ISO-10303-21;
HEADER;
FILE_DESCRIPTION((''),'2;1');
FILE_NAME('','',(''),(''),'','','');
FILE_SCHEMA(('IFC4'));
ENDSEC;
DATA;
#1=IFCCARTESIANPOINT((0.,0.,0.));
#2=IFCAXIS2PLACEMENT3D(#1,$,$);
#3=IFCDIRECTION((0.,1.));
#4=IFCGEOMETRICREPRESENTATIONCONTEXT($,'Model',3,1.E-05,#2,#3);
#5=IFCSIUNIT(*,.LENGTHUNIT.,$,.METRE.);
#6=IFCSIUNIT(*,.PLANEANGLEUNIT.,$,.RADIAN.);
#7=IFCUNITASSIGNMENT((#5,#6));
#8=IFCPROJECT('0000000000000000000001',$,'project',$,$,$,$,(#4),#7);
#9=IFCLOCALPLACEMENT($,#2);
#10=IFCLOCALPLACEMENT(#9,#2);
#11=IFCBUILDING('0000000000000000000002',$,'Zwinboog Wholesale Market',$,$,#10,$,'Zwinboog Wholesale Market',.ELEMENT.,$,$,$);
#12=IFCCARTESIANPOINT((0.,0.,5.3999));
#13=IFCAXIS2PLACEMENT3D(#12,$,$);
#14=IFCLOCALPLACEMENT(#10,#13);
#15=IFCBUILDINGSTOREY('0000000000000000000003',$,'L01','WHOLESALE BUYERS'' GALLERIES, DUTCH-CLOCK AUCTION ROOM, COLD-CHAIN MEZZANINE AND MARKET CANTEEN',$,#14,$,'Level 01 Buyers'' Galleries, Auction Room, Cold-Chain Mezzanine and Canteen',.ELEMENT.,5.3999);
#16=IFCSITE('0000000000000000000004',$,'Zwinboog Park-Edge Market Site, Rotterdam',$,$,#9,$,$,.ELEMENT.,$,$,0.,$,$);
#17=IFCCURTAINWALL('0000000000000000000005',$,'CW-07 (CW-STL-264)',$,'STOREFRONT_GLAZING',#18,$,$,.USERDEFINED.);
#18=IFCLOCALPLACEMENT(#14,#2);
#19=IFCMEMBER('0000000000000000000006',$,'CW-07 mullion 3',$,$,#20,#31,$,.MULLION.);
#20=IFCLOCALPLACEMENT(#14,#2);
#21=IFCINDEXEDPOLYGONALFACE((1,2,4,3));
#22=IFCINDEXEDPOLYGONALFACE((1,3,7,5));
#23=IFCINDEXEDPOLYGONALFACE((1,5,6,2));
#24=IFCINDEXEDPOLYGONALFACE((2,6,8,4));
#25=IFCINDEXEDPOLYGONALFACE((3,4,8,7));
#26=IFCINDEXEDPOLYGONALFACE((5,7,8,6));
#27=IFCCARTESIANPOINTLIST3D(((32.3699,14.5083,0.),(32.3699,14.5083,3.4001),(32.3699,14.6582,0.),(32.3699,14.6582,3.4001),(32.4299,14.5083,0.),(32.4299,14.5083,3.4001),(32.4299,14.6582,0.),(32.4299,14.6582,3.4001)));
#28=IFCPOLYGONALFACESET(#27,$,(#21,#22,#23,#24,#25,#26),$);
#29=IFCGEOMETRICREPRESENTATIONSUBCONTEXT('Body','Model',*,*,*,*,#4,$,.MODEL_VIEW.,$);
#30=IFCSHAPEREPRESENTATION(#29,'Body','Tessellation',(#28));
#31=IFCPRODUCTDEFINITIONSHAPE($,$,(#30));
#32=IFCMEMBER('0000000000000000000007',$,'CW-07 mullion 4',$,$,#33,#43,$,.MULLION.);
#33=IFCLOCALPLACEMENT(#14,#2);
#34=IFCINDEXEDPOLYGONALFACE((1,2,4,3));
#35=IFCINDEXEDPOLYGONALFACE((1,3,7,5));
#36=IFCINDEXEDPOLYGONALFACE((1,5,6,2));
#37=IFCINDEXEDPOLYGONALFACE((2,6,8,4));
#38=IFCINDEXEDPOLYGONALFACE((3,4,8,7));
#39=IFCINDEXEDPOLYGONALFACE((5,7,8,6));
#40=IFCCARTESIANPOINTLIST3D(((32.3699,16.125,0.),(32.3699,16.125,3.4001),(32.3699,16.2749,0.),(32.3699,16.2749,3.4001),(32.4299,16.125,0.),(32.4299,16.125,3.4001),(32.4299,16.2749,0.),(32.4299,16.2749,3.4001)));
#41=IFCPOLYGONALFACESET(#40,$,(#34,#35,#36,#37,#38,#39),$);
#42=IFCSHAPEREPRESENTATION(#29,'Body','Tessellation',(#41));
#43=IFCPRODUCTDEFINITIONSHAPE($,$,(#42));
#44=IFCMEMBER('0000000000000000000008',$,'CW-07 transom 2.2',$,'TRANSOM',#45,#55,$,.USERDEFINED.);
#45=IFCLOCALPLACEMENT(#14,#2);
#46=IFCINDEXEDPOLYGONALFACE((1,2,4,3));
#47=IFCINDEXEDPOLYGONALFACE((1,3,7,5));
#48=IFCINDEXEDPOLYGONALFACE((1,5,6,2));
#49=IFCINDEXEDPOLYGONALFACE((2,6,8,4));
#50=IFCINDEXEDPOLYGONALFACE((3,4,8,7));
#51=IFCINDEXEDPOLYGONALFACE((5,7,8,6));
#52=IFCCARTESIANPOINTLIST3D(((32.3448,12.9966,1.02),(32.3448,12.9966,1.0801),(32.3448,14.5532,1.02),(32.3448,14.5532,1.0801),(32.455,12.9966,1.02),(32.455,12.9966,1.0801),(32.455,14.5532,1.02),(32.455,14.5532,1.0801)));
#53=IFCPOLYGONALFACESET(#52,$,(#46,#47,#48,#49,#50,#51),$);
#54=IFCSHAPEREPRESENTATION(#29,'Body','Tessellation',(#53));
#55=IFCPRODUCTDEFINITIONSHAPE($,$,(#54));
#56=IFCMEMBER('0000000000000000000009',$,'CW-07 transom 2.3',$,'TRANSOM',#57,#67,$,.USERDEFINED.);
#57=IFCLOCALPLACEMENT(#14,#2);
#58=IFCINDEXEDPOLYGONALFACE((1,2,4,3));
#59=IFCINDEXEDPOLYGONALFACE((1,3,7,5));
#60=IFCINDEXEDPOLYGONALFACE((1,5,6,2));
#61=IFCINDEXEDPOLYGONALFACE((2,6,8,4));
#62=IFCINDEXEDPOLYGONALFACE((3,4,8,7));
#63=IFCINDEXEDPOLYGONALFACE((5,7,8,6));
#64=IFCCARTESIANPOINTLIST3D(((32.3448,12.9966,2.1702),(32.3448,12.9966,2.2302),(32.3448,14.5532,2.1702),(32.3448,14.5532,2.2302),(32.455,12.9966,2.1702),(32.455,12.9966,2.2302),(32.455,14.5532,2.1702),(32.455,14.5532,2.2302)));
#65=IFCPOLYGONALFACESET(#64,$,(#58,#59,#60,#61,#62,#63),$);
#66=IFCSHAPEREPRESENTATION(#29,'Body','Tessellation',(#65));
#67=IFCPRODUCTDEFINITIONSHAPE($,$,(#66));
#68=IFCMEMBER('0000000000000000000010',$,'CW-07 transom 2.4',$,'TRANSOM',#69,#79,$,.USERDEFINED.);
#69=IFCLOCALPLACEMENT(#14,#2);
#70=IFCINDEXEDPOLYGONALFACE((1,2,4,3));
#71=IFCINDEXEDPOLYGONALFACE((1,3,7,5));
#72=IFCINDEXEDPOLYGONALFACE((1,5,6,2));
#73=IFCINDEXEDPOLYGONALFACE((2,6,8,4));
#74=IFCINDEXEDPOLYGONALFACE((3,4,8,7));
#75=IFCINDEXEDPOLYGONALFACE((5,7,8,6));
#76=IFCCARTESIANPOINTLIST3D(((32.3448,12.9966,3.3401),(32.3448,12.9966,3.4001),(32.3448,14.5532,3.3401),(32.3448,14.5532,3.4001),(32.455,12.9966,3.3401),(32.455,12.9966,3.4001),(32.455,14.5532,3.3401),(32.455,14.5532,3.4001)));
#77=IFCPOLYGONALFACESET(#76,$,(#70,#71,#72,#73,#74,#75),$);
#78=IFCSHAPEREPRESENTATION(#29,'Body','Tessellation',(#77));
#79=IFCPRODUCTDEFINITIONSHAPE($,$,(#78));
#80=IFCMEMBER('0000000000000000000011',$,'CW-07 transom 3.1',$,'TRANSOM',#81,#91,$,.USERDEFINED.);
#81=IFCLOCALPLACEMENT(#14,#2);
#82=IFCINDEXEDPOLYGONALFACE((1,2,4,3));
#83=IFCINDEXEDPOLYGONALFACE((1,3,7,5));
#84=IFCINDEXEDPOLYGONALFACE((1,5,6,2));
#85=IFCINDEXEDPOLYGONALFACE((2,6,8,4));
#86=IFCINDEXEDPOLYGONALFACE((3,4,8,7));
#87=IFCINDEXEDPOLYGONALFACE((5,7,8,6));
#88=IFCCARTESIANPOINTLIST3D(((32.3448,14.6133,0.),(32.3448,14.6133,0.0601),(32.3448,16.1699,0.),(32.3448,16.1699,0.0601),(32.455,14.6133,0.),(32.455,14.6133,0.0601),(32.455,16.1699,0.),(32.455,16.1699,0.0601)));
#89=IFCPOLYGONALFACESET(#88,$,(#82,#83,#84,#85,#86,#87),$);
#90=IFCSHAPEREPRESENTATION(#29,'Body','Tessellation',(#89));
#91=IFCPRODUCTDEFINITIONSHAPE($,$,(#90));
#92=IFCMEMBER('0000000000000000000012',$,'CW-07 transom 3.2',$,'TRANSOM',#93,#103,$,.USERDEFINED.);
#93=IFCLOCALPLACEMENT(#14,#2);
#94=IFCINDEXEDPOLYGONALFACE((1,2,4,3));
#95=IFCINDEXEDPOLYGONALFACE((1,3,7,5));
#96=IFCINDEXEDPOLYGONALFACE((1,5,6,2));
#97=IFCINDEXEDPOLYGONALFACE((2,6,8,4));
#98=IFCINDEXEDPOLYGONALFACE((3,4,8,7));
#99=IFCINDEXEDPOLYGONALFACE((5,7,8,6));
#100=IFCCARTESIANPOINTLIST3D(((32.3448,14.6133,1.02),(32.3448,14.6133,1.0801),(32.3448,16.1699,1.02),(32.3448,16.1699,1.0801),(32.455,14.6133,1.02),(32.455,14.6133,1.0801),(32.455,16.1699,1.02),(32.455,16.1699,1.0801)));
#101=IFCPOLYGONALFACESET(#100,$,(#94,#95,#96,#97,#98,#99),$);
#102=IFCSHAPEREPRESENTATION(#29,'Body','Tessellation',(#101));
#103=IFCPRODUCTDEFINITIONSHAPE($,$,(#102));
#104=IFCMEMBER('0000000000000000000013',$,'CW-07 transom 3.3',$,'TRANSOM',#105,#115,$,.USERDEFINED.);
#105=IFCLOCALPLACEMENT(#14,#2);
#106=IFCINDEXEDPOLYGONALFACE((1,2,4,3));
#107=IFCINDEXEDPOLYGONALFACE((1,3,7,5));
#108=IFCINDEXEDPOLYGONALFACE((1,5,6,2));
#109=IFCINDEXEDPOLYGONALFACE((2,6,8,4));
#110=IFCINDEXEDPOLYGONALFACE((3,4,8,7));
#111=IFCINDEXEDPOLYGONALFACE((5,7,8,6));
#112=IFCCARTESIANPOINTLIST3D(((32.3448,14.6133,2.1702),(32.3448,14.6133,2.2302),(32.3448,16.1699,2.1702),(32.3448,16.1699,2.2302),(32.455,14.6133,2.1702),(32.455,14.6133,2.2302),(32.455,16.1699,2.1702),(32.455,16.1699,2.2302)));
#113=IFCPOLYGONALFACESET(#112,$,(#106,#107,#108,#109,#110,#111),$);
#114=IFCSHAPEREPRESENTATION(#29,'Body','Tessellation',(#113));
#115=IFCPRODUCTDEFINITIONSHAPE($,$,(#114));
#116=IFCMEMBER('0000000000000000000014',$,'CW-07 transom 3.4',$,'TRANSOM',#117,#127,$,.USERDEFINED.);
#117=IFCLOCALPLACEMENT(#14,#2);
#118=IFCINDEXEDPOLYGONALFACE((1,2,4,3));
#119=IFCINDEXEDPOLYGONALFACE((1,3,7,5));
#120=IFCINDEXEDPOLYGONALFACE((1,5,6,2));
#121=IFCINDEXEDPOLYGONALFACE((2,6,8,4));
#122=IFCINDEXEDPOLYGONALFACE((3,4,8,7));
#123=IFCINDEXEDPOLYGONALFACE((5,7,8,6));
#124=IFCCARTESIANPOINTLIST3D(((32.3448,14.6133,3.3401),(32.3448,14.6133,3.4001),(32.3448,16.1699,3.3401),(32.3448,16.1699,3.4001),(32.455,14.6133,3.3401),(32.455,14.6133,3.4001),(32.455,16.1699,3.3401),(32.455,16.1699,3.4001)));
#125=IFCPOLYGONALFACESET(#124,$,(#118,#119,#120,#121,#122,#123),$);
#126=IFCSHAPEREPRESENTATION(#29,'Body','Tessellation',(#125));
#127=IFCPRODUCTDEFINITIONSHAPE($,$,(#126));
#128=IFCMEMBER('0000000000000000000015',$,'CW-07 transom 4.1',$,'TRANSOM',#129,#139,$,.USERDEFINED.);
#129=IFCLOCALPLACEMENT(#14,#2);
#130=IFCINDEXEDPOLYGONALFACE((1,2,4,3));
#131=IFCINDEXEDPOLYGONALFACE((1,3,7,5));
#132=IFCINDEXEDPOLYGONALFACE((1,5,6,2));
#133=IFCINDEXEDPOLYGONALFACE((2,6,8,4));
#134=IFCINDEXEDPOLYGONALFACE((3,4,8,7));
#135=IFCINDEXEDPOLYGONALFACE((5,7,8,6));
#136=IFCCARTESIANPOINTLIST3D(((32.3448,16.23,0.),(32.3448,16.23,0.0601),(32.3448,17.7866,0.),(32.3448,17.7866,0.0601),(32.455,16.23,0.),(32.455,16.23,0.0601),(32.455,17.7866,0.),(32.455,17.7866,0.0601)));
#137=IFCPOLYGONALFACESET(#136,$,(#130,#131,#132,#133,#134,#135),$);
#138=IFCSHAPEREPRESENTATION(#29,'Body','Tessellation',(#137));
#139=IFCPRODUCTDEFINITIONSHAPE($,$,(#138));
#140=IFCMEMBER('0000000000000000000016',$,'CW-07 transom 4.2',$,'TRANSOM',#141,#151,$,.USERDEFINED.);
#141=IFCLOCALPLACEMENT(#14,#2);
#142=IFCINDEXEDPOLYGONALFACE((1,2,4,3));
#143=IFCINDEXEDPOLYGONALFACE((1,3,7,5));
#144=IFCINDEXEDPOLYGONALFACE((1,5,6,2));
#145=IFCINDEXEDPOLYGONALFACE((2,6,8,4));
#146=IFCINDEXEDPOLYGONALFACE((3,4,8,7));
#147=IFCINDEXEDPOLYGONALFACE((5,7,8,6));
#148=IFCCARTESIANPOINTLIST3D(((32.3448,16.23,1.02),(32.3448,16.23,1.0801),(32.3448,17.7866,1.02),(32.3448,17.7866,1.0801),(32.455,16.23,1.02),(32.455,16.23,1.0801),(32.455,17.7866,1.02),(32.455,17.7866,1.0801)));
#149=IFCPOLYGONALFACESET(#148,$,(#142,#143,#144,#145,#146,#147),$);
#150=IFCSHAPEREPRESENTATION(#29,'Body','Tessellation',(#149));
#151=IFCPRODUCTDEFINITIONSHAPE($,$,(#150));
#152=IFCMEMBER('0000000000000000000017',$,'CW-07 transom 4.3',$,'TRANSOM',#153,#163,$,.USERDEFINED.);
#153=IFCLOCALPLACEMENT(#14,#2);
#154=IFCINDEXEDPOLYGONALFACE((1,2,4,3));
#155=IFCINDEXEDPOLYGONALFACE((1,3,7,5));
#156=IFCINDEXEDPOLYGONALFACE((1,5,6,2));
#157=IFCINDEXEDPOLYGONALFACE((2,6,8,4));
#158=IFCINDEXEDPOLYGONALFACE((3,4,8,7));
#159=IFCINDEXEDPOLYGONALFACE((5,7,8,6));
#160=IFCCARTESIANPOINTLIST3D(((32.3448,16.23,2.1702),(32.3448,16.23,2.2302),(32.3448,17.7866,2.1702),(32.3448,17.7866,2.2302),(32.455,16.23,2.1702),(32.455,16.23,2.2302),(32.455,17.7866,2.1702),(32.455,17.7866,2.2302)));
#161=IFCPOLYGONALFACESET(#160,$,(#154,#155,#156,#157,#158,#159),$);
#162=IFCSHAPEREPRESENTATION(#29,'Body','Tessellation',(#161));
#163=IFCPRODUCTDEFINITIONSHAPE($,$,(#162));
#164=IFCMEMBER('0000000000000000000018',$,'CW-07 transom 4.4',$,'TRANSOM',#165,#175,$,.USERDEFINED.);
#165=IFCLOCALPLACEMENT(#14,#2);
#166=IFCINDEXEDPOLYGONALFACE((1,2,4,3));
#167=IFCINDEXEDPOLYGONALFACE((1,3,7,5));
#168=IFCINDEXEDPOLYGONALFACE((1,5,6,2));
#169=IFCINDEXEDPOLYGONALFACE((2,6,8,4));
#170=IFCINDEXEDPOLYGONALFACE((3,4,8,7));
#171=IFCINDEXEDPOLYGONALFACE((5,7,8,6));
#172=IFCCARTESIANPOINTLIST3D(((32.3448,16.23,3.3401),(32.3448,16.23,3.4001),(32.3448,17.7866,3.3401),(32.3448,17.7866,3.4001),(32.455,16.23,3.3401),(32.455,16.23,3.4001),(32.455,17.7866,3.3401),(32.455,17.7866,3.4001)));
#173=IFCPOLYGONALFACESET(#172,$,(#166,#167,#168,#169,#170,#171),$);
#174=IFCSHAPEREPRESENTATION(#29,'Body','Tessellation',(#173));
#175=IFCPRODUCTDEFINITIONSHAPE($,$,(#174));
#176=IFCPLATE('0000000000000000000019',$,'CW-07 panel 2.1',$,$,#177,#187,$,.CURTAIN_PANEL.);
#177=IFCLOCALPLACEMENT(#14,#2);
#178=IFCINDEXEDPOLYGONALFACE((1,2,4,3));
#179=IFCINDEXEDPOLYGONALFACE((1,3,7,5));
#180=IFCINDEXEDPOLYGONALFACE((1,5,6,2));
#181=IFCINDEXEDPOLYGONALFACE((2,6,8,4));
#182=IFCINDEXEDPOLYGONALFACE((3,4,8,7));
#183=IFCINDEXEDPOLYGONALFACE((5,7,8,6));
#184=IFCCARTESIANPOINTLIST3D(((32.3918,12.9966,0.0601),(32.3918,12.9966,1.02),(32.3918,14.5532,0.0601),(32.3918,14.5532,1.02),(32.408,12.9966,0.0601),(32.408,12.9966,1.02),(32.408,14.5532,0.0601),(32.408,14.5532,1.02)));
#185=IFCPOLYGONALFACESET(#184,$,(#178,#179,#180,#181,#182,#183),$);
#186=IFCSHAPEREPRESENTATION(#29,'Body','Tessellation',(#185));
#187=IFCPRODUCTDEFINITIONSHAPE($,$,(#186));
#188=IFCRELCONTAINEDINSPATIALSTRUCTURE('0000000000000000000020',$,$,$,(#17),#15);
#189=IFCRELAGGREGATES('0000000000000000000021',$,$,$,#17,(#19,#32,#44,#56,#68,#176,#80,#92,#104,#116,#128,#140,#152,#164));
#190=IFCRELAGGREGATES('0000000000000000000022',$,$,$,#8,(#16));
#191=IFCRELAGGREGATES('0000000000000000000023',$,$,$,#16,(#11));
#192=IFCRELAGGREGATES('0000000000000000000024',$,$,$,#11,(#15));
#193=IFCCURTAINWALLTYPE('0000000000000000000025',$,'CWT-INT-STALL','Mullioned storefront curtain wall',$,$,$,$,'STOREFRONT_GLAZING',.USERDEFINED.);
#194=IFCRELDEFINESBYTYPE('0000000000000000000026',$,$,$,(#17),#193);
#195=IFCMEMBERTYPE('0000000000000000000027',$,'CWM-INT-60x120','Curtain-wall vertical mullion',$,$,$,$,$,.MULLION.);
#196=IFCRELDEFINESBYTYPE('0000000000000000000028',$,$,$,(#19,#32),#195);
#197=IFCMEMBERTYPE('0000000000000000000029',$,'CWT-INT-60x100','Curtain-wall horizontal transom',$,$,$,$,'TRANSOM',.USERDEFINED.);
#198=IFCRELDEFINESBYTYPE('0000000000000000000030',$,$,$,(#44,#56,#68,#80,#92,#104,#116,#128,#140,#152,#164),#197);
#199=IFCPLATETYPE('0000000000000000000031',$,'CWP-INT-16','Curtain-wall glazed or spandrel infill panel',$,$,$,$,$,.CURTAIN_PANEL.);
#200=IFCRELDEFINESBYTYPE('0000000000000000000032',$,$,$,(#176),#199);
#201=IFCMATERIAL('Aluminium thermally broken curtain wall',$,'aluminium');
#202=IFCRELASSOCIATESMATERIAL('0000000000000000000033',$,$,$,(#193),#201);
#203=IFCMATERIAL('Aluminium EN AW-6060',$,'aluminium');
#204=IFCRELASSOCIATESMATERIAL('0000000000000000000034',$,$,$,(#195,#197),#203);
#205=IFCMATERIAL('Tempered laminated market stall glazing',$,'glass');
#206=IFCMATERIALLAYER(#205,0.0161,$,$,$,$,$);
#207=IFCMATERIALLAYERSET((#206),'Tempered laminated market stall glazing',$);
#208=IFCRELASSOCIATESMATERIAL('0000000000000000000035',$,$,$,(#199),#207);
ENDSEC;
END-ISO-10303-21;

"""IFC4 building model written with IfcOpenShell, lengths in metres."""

from ifc_helpers import new_model, si_unit, direction, frame, origin, origin_2d, place, context, subcontext, project, spatial, rectangle, extrude, material, layer, layer_set, material_profile, profile_set, type_object, element, aggregate, save


model = new_model("IFC4")

# Units and contexts
model_context = context("Model", 3, precision=1e-05, world=origin(), true_north=direction((0.0, 1.0)))
body_context = subcontext(model_context, "Body", "Model", "MODEL_VIEW")
ifc_project = project(units=[si_unit("LENGTHUNIT", "METRE"), si_unit("PLANEANGLEUNIT", "RADIAN")], contexts=[model_context])

# Site, building, storey
site_placement = place(None, origin())
site = spatial("IfcSite", under=ifc_project, at=site_placement, Name="Zwinboog Park-Edge Market Site, Rotterdam", CompositionType="ELEMENT", RefElevation=0.0)
building_placement = place(site_placement, origin())
building = spatial("IfcBuilding", under=site, at=building_placement, Name="Zwinboog Wholesale Market", LongName="Zwinboog Wholesale Market", CompositionType="ELEMENT")
storey_placement = place(building_placement, frame((0.0, 0.0, 5.3999)))
storey = spatial("IfcBuildingStorey", under=building, at=storey_placement, Name="L01", Description="WHOLESALE BUYERS' GALLERIES, DUTCH-CLOCK AUCTION ROOM, COLD-CHAIN MEZZANINE AND MARKET CANTEEN", LongName="Level 01 Buyers' Galleries, Auction Room, Cold-Chain Mezzanine and Canteen", CompositionType="ELEMENT", Elevation=5.3999)

# Curtain wall, members, plate
ifc_material_1 = material(Name="Aluminium thermally broken curtain wall", Category="aluminium")
curtain_wall_type = type_object("IfcCurtainWallType", Name="CWT-INT-STALL", Description="Mullioned storefront curtain wall", ElementType="STOREFRONT_GLAZING", PredefinedType="USERDEFINED", material=ifc_material_1)
curtain_wall_placement = place(storey_placement, origin())
curtain_wall = element("IfcCurtainWall", 1, at=curtain_wall_placement, inside=storey, type_object=curtain_wall_type, Name="CW-07 (CW-STL-264)", ObjectType="STOREFRONT_GLAZING", PredefinedType="USERDEFINED")
ifc_material_2 = material(Name="Aluminium EN AW-6060", Category="aluminium")
ifc_material_profile_1 = material_profile(ifc_material_2, rectangle(XDim=0.0601, YDim=0.1499, at=origin_2d()), Name="AL 60x150")
ifc_profile_set_1 = profile_set([ifc_material_profile_1], Name="Aluminium EN AW-6060")
member_type_1 = type_object("IfcMemberType", Name="CWM-INT-60x120", Description="Curtain-wall vertical mullion", PredefinedType="MULLION", material=ifc_profile_set_1)
member_1_placement = place(storey_placement, frame((32.3999, 14.5833, 0.0), z_axis=(0.0, 0.0, 1.0), x_axis=(-1.0, 0.0, 0.0)))
member_1 = element("IfcMember", 2, at=member_1_placement, type_object=member_type_1, Name="CW-07 mullion 3", PredefinedType="MULLION", context=body_context, shape_type="SweptSolid", body=[
    extrude(rectangle(XDim=0.0601, YDim=0.1499, at=origin_2d()), origin(), (0.0, 0.0, 1.0), 3.4001),
])
member_2_placement = place(storey_placement, frame((32.3999, 16.2, 0.0), z_axis=(0.0, 0.0, 1.0), x_axis=(-1.0, 0.0, 0.0)))
member_2 = element("IfcMember", 3, at=member_2_placement, type_object=member_type_1, Name="CW-07 mullion 4", PredefinedType="MULLION", context=body_context, shape_type="SweptSolid", body=[
    extrude(rectangle(XDim=0.0601, YDim=0.1499, at=origin_2d()), origin(), (0.0, 0.0, 1.0), 3.4001),
])
ifc_material_profile_2 = material_profile(ifc_material_2, rectangle(XDim=0.1101, YDim=0.0601, at=origin_2d()), Name="AL 60x110")
ifc_profile_set_2 = profile_set([ifc_material_profile_2], Name="Aluminium EN AW-6060")
member_type_2 = type_object("IfcMemberType", Name="CWT-INT-60x100", Description="Curtain-wall horizontal transom", ElementType="TRANSOM", PredefinedType="USERDEFINED", material=ifc_profile_set_2)
member_3_placement = place(storey_placement, frame((32.3999, 12.9966, 1.05), z_axis=(0.0, 1.0, 0.0), x_axis=(-1.0, 0.0, 0.0)))
member_3 = element("IfcMember", 4, at=member_3_placement, type_object=member_type_2, Name="CW-07 transom 2.2", ObjectType="TRANSOM", PredefinedType="USERDEFINED", context=body_context, shape_type="SweptSolid", body=[
    extrude(rectangle(XDim=0.1101, YDim=0.0601, at=origin_2d()), origin(), (0.0, 0.0, 1.0), 1.5566),
])
member_4_placement = place(storey_placement, frame((32.3999, 12.9966, 2.2002), z_axis=(0.0, 1.0, 0.0), x_axis=(-1.0, 0.0, 0.0)))
member_4 = element("IfcMember", 5, at=member_4_placement, type_object=member_type_2, Name="CW-07 transom 2.3", ObjectType="TRANSOM", PredefinedType="USERDEFINED", context=body_context, shape_type="SweptSolid", body=[
    extrude(rectangle(XDim=0.1101, YDim=0.0601, at=origin_2d()), origin(), (0.0, 0.0, 1.0), 1.5566),
])
member_5_placement = place(storey_placement, frame((32.3999, 12.9966, 3.3701), z_axis=(0.0, 1.0, 0.0), x_axis=(-1.0, 0.0, 0.0)))
member_5 = element("IfcMember", 6, at=member_5_placement, type_object=member_type_2, Name="CW-07 transom 2.4", ObjectType="TRANSOM", PredefinedType="USERDEFINED", context=body_context, shape_type="SweptSolid", body=[
    extrude(rectangle(XDim=0.1101, YDim=0.0601, at=origin_2d()), origin(), (0.0, 0.0, 1.0), 1.5566),
])
member_6_placement = place(storey_placement, frame((32.3999, 14.6133, 0.03), z_axis=(0.0, 1.0, 0.0), x_axis=(-1.0, 0.0, 0.0)))
member_6 = element("IfcMember", 7, at=member_6_placement, type_object=member_type_2, Name="CW-07 transom 3.1", ObjectType="TRANSOM", PredefinedType="USERDEFINED", context=body_context, shape_type="SweptSolid", body=[
    extrude(rectangle(XDim=0.1101, YDim=0.0601, at=origin_2d()), origin(), (0.0, 0.0, 1.0), 1.5566),
])
member_7_placement = place(storey_placement, frame((32.3999, 14.6133, 1.05), z_axis=(0.0, 1.0, 0.0), x_axis=(-1.0, 0.0, 0.0)))
member_7 = element("IfcMember", 8, at=member_7_placement, type_object=member_type_2, Name="CW-07 transom 3.2", ObjectType="TRANSOM", PredefinedType="USERDEFINED", context=body_context, shape_type="SweptSolid", body=[
    extrude(rectangle(XDim=0.1101, YDim=0.0601, at=origin_2d()), origin(), (0.0, 0.0, 1.0), 1.5566),
])
member_8_placement = place(storey_placement, frame((32.3999, 14.6133, 2.2002), z_axis=(0.0, 1.0, 0.0), x_axis=(-1.0, 0.0, 0.0)))
member_8 = element("IfcMember", 9, at=member_8_placement, type_object=member_type_2, Name="CW-07 transom 3.3", ObjectType="TRANSOM", PredefinedType="USERDEFINED", context=body_context, shape_type="SweptSolid", body=[
    extrude(rectangle(XDim=0.1101, YDim=0.0601, at=origin_2d()), origin(), (0.0, 0.0, 1.0), 1.5566),
])
member_9_placement = place(storey_placement, frame((32.3999, 14.6133, 3.3701), z_axis=(0.0, 1.0, 0.0), x_axis=(-1.0, 0.0, 0.0)))
member_9 = element("IfcMember", 10, at=member_9_placement, type_object=member_type_2, Name="CW-07 transom 3.4", ObjectType="TRANSOM", PredefinedType="USERDEFINED", context=body_context, shape_type="SweptSolid", body=[
    extrude(rectangle(XDim=0.1101, YDim=0.0601, at=origin_2d()), origin(), (0.0, 0.0, 1.0), 1.5566),
])
member_10_placement = place(storey_placement, frame((32.3999, 16.23, 0.03), z_axis=(0.0, 1.0, 0.0), x_axis=(-1.0, 0.0, 0.0)))
member_10 = element("IfcMember", 11, at=member_10_placement, type_object=member_type_2, Name="CW-07 transom 4.1", ObjectType="TRANSOM", PredefinedType="USERDEFINED", context=body_context, shape_type="SweptSolid", body=[
    extrude(rectangle(XDim=0.1101, YDim=0.0601, at=origin_2d()), origin(), (0.0, 0.0, 1.0), 1.5566),
])
member_11_placement = place(storey_placement, frame((32.3999, 16.23, 1.05), z_axis=(0.0, 1.0, 0.0), x_axis=(-1.0, 0.0, 0.0)))
member_11 = element("IfcMember", 12, at=member_11_placement, type_object=member_type_2, Name="CW-07 transom 4.2", ObjectType="TRANSOM", PredefinedType="USERDEFINED", context=body_context, shape_type="SweptSolid", body=[
    extrude(rectangle(XDim=0.1101, YDim=0.0601, at=origin_2d()), origin(), (0.0, 0.0, 1.0), 1.5566),
])
member_12_placement = place(storey_placement, frame((32.3999, 16.23, 2.2002), z_axis=(0.0, 1.0, 0.0), x_axis=(-1.0, 0.0, 0.0)))
member_12 = element("IfcMember", 13, at=member_12_placement, type_object=member_type_2, Name="CW-07 transom 4.3", ObjectType="TRANSOM", PredefinedType="USERDEFINED", context=body_context, shape_type="SweptSolid", body=[
    extrude(rectangle(XDim=0.1101, YDim=0.0601, at=origin_2d()), origin(), (0.0, 0.0, 1.0), 1.5566),
])
member_13_placement = place(storey_placement, frame((32.3999, 16.23, 3.3701), z_axis=(0.0, 1.0, 0.0), x_axis=(-1.0, 0.0, 0.0)))
member_13 = element("IfcMember", 14, at=member_13_placement, type_object=member_type_2, Name="CW-07 transom 4.4", ObjectType="TRANSOM", PredefinedType="USERDEFINED", context=body_context, shape_type="SweptSolid", body=[
    extrude(rectangle(XDim=0.1101, YDim=0.0601, at=origin_2d()), origin(), (0.0, 0.0, 1.0), 1.5566),
])
ifc_material_3 = material(Name="Tempered laminated market stall glazing", Category="glass")
ifc_layer = layer(ifc_material_3, 0.0161)
ifc_layer_set = layer_set([ifc_layer], Name="Tempered laminated market stall glazing")
plate_type = type_object("IfcPlateType", Name="CWP-INT-16", Description="Curtain-wall glazed or spandrel infill panel", PredefinedType="CURTAIN_PANEL", material=ifc_layer_set)
plate_1_placement = place(storey_placement, frame((32.3999, 13.7749, 0.0601), z_axis=(0.0, 0.0, 1.0), x_axis=(0.0, 1.0, 0.0)))
plate_1 = element("IfcPlate", 15, at=plate_1_placement, type_object=plate_type, Name="CW-07 panel 2.1", PredefinedType="CURTAIN_PANEL", context=body_context, shape_type="SweptSolid", body=[
    extrude(rectangle(XDim=1.5566, YDim=0.0161, at=origin_2d()), origin(), (0.0, 0.0, 1.0), 0.96),
])
aggregate(curtain_wall, [member_1, member_2, member_3, member_4, member_5, plate_1, member_6, member_7, member_8, member_9, member_10, member_11, member_12, member_13])

save(model, "model.ifc")
